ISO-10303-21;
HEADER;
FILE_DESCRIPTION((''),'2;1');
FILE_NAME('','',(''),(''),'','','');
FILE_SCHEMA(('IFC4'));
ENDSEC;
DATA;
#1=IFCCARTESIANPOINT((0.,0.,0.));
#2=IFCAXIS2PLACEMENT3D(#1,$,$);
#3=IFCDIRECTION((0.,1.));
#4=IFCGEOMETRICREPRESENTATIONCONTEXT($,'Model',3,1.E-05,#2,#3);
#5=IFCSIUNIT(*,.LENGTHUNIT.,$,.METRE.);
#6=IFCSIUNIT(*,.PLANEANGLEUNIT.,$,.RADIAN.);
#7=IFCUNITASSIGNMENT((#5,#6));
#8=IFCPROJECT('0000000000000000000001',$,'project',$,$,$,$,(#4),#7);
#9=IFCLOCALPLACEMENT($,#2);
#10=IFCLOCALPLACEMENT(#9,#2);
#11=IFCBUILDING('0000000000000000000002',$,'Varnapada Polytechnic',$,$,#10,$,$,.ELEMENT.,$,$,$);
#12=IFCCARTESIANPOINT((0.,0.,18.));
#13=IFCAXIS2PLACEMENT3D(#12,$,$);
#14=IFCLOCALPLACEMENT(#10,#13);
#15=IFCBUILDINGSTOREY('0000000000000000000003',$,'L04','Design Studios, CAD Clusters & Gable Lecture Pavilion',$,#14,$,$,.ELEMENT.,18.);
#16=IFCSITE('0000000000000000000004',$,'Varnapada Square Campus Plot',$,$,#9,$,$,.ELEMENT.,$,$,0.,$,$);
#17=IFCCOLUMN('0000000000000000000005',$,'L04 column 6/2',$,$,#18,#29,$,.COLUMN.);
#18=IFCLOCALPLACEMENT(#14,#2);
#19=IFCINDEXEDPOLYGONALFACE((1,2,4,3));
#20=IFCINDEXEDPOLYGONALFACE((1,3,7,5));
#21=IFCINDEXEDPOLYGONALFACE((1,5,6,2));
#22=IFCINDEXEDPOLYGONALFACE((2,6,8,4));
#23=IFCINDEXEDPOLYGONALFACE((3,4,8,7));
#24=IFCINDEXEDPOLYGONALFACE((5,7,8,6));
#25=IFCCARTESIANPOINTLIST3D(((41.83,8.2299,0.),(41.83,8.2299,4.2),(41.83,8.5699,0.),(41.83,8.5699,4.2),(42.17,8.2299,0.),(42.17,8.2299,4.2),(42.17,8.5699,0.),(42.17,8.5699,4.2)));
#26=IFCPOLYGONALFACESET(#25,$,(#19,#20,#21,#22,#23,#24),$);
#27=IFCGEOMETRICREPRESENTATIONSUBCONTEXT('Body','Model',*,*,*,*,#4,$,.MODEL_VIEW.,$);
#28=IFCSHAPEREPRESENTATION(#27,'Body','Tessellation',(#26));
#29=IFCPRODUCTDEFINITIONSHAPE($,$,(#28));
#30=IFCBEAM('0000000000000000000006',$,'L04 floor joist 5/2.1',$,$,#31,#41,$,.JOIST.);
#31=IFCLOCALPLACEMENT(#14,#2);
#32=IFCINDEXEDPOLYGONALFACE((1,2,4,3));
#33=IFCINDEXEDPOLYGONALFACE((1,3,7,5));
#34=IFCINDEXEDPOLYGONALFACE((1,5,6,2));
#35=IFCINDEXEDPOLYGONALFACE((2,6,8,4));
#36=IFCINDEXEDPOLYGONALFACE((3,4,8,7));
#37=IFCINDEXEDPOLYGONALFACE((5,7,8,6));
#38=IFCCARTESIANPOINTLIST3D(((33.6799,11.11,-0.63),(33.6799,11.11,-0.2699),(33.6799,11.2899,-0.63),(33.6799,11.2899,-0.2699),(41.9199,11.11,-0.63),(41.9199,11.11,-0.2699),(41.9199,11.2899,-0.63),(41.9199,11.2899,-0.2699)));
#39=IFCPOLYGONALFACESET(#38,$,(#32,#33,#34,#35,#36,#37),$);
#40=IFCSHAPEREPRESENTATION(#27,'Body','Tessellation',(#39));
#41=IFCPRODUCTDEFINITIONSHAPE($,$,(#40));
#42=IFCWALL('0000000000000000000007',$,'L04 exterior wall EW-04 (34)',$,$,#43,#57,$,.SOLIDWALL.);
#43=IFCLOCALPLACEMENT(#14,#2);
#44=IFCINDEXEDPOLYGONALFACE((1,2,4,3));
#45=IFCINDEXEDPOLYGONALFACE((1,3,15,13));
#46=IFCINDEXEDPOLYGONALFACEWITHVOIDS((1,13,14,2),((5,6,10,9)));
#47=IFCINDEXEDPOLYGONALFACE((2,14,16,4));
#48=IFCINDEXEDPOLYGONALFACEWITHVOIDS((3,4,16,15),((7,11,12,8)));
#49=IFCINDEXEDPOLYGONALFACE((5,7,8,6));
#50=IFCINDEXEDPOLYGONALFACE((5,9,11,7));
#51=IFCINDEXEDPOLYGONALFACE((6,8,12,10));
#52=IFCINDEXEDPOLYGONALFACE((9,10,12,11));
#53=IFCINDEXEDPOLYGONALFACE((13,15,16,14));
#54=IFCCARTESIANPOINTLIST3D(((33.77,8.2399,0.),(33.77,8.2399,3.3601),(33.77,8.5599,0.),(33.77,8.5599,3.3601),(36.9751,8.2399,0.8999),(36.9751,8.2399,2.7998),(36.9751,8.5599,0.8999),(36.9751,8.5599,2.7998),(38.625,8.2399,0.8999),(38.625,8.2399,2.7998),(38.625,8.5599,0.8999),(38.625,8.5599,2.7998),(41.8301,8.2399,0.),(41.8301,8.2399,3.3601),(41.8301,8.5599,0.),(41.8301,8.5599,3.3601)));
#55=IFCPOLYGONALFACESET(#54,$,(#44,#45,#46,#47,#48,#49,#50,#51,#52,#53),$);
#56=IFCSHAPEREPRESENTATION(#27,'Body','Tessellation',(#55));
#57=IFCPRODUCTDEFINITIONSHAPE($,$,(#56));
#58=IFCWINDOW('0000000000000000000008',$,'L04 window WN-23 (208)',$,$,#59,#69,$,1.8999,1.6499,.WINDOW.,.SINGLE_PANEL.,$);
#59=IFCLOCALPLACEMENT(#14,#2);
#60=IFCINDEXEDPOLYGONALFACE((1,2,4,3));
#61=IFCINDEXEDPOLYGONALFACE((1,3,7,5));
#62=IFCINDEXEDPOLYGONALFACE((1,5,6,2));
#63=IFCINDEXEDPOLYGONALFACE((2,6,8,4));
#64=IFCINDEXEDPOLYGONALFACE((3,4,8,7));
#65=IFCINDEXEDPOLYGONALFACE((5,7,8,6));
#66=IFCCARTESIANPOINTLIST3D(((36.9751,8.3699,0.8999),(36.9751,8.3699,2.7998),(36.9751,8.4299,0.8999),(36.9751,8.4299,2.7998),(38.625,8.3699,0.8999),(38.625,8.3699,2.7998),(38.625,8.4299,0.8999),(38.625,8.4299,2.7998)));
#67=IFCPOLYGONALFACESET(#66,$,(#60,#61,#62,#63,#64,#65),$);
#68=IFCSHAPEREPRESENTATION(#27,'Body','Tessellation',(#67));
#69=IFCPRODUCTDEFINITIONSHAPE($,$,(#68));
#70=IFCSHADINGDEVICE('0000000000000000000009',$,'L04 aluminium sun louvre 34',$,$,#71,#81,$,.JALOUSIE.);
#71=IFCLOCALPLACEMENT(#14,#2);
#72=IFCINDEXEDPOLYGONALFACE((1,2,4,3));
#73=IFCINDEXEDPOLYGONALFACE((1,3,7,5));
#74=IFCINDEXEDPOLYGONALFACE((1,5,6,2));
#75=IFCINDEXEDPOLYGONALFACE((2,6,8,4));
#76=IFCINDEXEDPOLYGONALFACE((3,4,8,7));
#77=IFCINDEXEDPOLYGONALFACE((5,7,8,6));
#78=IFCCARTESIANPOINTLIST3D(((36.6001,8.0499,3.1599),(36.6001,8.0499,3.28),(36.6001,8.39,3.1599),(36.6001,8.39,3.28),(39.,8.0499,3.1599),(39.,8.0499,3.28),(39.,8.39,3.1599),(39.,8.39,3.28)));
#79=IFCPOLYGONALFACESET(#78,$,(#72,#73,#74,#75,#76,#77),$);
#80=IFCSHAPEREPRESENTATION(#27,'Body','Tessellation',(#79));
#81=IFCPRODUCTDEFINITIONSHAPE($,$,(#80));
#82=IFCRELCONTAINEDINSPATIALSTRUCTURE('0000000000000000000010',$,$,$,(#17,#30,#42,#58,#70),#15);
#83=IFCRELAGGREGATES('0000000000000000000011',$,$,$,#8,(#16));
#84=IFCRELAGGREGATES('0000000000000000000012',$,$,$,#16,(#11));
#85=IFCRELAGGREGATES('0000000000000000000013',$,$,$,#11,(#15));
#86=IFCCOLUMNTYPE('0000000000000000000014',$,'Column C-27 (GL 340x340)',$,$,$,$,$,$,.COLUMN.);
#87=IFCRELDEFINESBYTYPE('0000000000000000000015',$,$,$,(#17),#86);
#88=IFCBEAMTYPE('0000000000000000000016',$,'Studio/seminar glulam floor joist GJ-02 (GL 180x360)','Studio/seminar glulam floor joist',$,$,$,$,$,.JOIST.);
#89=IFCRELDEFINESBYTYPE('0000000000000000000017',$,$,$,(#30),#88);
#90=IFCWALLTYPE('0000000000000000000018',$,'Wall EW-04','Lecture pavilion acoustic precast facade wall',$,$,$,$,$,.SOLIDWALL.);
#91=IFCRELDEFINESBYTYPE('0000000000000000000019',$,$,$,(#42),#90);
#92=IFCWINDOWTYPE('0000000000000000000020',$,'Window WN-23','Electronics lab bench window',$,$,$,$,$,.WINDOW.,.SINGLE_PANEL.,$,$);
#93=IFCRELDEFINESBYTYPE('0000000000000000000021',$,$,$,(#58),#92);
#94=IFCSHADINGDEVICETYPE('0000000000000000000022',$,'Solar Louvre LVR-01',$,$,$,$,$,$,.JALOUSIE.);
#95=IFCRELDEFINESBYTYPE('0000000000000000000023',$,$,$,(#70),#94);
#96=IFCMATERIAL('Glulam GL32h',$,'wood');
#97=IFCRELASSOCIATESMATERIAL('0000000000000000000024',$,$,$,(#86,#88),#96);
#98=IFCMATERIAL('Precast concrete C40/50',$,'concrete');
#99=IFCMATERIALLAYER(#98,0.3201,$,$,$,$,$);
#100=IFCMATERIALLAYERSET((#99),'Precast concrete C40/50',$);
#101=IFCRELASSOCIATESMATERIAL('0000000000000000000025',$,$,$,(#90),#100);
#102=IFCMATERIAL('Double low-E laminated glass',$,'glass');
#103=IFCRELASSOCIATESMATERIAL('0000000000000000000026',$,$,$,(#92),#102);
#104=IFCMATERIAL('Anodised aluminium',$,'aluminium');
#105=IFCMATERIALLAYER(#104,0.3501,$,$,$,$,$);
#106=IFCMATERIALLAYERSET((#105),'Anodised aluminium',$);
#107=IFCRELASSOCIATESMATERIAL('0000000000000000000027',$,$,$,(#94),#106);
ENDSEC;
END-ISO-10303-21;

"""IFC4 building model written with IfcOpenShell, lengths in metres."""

from ifc_helpers import new_model, si_unit, direction, frame, frame_2d, origin, origin_2d, place, context, subcontext, project, spatial, rectangle, extrude, material, layer, layer_set, material_profile, profile_set, type_object, element, fill, save


model = new_model("IFC4")

# Units and contexts
model_context = context("Model", 3, precision=1e-05, world=origin(), true_north=direction((0.0, 1.0)))
body_context = subcontext(model_context, "Body", "Model", "MODEL_VIEW")
ifc_project = project(units=[si_unit("LENGTHUNIT", "METRE"), si_unit("PLANEANGLEUNIT", "RADIAN")], contexts=[model_context])

# Site, building, storey
site_placement = place(None, origin())
site = spatial("IfcSite", under=ifc_project, at=site_placement, Name="Varnapada Square Campus Plot", CompositionType="ELEMENT", RefElevation=0.0)
building_placement = place(site_placement, origin())
building = spatial("IfcBuilding", under=site, at=building_placement, Name="Varnapada Polytechnic", CompositionType="ELEMENT")
storey_placement = place(building_placement, frame((0.0, 0.0, 18.0)))
storey = spatial("IfcBuildingStorey", under=building, at=storey_placement, Name="L04", Description="Design Studios, CAD Clusters & Gable Lecture Pavilion", CompositionType="ELEMENT", Elevation=18.0)

# Column
ifc_material_1 = material(Name="Glulam GL32h", Category="wood")
ifc_material_profile_1 = material_profile(ifc_material_1, rectangle(XDim=0.3401, YDim=0.3401, at=origin_2d()), Name="GL 340x340")
ifc_profile_set_1 = profile_set([ifc_material_profile_1], Name="Glulam GL32h")
column_type = type_object("IfcColumnType", Name="Column C-27 (GL 340x340)", PredefinedType="COLUMN", material=ifc_profile_set_1)
column_placement = place(storey_placement, frame((42.0, 8.3999, 0.0), z_axis=(0.0, 0.0, 1.0), x_axis=(1.0, 0.0, 0.0)))
element("IfcColumn", 1, at=column_placement, inside=storey, type_object=column_type, Name="L04 column 6/2", PredefinedType="COLUMN", context=body_context, shape_type="SweptSolid", body=[
    extrude(rectangle(XDim=0.3401, YDim=0.3401, at=origin_2d()), origin(), (0.0, 0.0, 1.0), 4.2),
])

# Beam
ifc_material_profile_2 = material_profile(ifc_material_1, rectangle(XDim=0.1799, YDim=0.3601, at=origin_2d()), Name="GL 180x360")
ifc_profile_set_2 = profile_set([ifc_material_profile_2], Name="Glulam GL32h")
beam_type = type_object("IfcBeamType", Name="Studio/seminar glulam floor joist GJ-02 (GL 180x360)", Description="Studio/seminar glulam floor joist", PredefinedType="JOIST", material=ifc_profile_set_2)
beam_placement = place(storey_placement, frame((33.6799, 11.2, -0.45), z_axis=(1.0, 0.0, 0.0), x_axis=(0.0, 1.0, 0.0)))
element("IfcBeam", 2, at=beam_placement, inside=storey, type_object=beam_type, Name="L04 floor joist 5/2.1", PredefinedType="JOIST", context=body_context, shape_type="SweptSolid", body=[
    extrude(rectangle(XDim=0.1799, YDim=0.3601, at=origin_2d()), origin(), (0.0, 0.0, 1.0), 8.24),
])

# Wall, opening, window
ifc_material_2 = material(Name="Precast concrete C40/50", Category="concrete")
ifc_layer_1 = layer(ifc_material_2, 0.3201)
ifc_layer_set_1 = layer_set([ifc_layer_1], Name="Precast concrete C40/50")
wall_type = type_object("IfcWallType", Name="Wall EW-04", Description="Lecture pavilion acoustic precast facade wall", PredefinedType="SOLIDWALL", material=ifc_layer_set_1)
wall_placement = place(storey_placement, frame((41.8301, 8.3999, 0.0), z_axis=(0.0, 0.0, 1.0), x_axis=(-1.0, 0.0, 0.0)))
wall = element("IfcWall", 3, at=wall_placement, inside=storey, type_object=wall_type, Name="L04 exterior wall EW-04 (34)", PredefinedType="SOLIDWALL", context=body_context, shape_type="SweptSolid", body=[
    extrude(rectangle(XDim=8.0601, YDim=0.3201, at=frame_2d((4.03, 0.0))), origin(), (0.0, 0.0, 1.0), 3.3601),
])
opening_1_placement = place(wall_placement, frame((3.2051, 0.0, 0.8999)))
opening_1 = element("IfcOpeningElement", 4, at=opening_1_placement, cuts=wall, PredefinedType="OPENING", context=body_context, shape_type="SweptSolid", body=[
    extrude(rectangle(XDim=1.6499, YDim=1.8999, at=frame_2d((0.825, 0.95))), frame((0.0, 0.1699, 0.0), z_axis=(0.0, -1.0, 0.0), x_axis=(1.0, 0.0, 0.0)), (0.0, 0.0, 1.0), 0.3401),
])
ifc_material_3 = material(Name="Double low-E laminated glass", Category="glass")
window_type = type_object("IfcWindowType", Name="Window WN-23", Description="Electronics lab bench window", PartitioningType="SINGLE_PANEL", PredefinedType="WINDOW", material=ifc_material_3)
window_placement = place(opening_1_placement, origin())
window = element("IfcWindow", 5, at=window_placement, inside=storey, type_object=window_type, Name="L04 window WN-23 (208)", OverallHeight=1.8999, OverallWidth=1.6499, PartitioningType="SINGLE_PANEL", PredefinedType="WINDOW", context=body_context, shape_type="SweptSolid", body=[
    extrude(rectangle(XDim=1.6499, YDim=1.8999, at=frame_2d((0.825, 0.95))), frame((0.0, 0.03, 0.0), z_axis=(0.0, -1.0, 0.0), x_axis=(1.0, 0.0, 0.0)), (0.0, 0.0, 1.0), 0.0601),
])
fill(opening_1, window)

# Shading device
ifc_material_4 = material(Name="Anodised aluminium", Category="aluminium")
ifc_layer_2 = layer(ifc_material_4, 0.3501)
ifc_layer_set_2 = layer_set([ifc_layer_2], Name="Anodised aluminium")
shading_device_type_1 = type_object("IfcShadingDeviceType", Name="Solar Louvre LVR-01", PredefinedType="JALOUSIE", material=ifc_layer_set_2)
shading_device_1_placement = place(storey_placement, frame((37.8, 8.22, 3.1599), z_axis=(0.0, 0.0, 1.0), x_axis=(-1.0, 0.0, 0.0)))
element("IfcShadingDevice", 6, at=shading_device_1_placement, inside=storey, type_object=shading_device_type_1, Name="L04 aluminium sun louvre 34", PredefinedType="JALOUSIE", context=body_context, shape_type="SweptSolid", body=[
    extrude(rectangle(XDim=2.3999, YDim=0.3401, at=origin_2d()), origin(), (0.0, 0.0, 1.0), 0.1201),
])

save(model, "model.ifc")
